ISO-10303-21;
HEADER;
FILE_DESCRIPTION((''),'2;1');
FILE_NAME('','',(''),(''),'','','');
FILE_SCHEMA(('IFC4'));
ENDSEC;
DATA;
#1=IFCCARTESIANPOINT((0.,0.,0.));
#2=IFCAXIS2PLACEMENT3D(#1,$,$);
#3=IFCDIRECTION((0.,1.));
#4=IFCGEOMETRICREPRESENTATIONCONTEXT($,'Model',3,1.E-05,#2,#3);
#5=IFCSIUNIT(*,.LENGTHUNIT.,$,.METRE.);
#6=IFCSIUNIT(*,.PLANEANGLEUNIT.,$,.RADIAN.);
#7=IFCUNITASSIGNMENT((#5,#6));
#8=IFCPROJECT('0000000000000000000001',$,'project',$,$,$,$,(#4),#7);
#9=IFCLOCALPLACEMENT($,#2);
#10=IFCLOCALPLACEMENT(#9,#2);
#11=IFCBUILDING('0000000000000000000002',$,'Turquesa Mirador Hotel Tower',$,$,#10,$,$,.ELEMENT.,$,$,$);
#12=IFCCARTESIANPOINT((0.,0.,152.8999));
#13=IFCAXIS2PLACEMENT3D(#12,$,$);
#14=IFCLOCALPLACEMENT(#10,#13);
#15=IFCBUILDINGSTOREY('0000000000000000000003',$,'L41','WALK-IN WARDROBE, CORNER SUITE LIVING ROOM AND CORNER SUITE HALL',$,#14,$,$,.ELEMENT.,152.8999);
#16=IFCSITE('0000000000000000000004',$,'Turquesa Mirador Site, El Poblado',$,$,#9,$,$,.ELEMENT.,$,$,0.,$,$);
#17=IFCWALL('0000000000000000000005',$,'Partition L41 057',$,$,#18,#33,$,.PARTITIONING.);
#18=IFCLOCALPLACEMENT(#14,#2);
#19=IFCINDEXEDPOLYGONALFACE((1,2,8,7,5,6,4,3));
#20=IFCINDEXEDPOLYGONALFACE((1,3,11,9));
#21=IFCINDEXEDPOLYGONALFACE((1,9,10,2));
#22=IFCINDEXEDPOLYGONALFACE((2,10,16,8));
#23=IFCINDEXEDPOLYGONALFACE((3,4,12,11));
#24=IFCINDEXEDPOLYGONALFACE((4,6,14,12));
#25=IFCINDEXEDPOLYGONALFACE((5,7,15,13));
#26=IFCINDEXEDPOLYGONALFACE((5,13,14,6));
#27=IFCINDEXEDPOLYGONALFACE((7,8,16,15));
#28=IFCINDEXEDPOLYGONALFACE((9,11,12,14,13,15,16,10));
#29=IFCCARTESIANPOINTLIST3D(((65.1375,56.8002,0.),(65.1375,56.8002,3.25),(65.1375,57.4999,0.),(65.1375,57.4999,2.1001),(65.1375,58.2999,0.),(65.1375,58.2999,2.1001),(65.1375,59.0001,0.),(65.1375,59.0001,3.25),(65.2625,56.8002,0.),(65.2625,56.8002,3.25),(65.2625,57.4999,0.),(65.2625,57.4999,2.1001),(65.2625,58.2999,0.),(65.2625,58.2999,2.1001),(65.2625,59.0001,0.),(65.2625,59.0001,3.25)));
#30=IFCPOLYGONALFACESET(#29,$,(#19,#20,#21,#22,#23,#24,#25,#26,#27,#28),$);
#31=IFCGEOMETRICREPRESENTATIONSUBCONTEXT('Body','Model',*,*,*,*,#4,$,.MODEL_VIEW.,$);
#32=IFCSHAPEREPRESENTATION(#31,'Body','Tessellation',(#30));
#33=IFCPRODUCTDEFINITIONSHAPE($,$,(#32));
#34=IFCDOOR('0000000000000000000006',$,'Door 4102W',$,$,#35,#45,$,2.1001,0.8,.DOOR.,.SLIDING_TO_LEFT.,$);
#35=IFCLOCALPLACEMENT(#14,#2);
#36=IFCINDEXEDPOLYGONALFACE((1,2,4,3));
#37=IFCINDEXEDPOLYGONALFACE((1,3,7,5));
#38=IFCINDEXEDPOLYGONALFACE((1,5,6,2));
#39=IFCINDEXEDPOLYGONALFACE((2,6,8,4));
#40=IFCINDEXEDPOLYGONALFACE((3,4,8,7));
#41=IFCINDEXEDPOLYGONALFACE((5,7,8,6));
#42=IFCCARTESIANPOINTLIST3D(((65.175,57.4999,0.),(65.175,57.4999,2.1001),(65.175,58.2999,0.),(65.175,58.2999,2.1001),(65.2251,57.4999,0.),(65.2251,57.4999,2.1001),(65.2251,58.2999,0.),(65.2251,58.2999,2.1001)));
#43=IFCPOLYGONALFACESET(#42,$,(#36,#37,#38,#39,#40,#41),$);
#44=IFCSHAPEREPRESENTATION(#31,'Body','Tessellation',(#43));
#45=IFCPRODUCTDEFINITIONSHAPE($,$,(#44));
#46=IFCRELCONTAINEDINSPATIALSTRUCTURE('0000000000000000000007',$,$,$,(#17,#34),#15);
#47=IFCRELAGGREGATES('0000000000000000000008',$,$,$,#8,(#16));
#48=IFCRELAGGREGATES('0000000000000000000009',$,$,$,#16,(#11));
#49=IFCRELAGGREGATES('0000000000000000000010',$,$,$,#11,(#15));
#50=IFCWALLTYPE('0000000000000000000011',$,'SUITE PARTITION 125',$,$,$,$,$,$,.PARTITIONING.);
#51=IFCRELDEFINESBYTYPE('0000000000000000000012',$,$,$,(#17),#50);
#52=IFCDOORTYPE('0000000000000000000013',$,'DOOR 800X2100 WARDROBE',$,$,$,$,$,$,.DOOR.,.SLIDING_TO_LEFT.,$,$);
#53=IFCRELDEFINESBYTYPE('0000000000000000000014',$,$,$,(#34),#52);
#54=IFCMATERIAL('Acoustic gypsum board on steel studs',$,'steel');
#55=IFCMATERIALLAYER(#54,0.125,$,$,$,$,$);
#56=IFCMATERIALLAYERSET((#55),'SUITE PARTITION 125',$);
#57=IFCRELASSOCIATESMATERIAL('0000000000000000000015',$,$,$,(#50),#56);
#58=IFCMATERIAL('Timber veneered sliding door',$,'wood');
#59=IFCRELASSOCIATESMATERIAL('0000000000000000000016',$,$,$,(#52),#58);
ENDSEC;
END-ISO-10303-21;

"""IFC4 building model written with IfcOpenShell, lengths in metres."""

from ifc_helpers import new_model, si_unit, direction, frame, frame_2d, origin, place, context, subcontext, project, spatial, rectangle, extrude, material, layer, layer_set, type_object, element, fill, save


model = new_model("IFC4")

# Units and contexts
model_context = context("Model", 3, precision=1e-05, world=origin(), true_north=direction((0.0, 1.0)))
body_context = subcontext(model_context, "Body", "Model", "MODEL_VIEW")
ifc_project = project(units=[si_unit("LENGTHUNIT", "METRE"), si_unit("PLANEANGLEUNIT", "RADIAN")], contexts=[model_context])

# Site, building, storey
site_placement = place(None, origin())
site = spatial("IfcSite", under=ifc_project, at=site_placement, Name="Turquesa Mirador Site, El Poblado", CompositionType="ELEMENT", RefElevation=0.0)
building_placement = place(site_placement, origin())
building = spatial("IfcBuilding", under=site, at=building_placement, Name="Turquesa Mirador Hotel Tower", CompositionType="ELEMENT")
storey_placement = place(building_placement, frame((0.0, 0.0, 152.8999)))
storey = spatial("IfcBuildingStorey", under=building, at=storey_placement, Name="L41", Description="WALK-IN WARDROBE, CORNER SUITE LIVING ROOM AND CORNER SUITE HALL", CompositionType="ELEMENT", Elevation=152.8999)

# Shared definitions
ifc_material_1 = material(Name="Acoustic gypsum board on steel studs", Category="steel")
ifc_layer_1 = layer(ifc_material_1, 0.125)
ifc_layer_set_1 = layer_set([ifc_layer_1], Name="SUITE PARTITION 125")
wall_type_1 = type_object("IfcWallType", Name="SUITE PARTITION 125", PredefinedType="PARTITIONING", material=ifc_layer_set_1)

# Wall, opening, door
wall_1_placement = place(storey_placement, frame((65.2, 56.8, 0.0), z_axis=(0.0, 0.0, 1.0), x_axis=(0.0, 1.0, 0.0)))
wall_1 = element("IfcWall", 1, at=wall_1_placement, inside=storey, type_object=wall_type_1, Name="Partition L41 057", PredefinedType="PARTITIONING", context=body_context, shape_type="SweptSolid", body=[
    extrude(rectangle(XDim=2.2, YDim=0.125, at=frame_2d((1.1001, 0.0))), origin(), (0.0, 0.0, 1.0), 3.25),
])
opening_1_placement = place(wall_1_placement, frame((0.7, 0.0, 0.0)))
opening_1 = element("IfcOpeningElement", 2, at=opening_1_placement, cuts=wall_1, PredefinedType="OPENING", context=body_context, shape_type="SweptSolid", body=[
    extrude(rectangle(XDim=0.8, YDim=2.1001, at=frame_2d((0.3999, 1.05))), frame((0.0, 0.0725, 0.0), z_axis=(0.0, -1.0, 0.0), x_axis=(1.0, 0.0, 0.0)), (0.0, 0.0, 1.0), 0.145),
])
ifc_material_2 = material(Name="Timber veneered sliding door", Category="wood")
door_type_1 = type_object("IfcDoorType", Name="DOOR 800X2100 WARDROBE", OperationType="SLIDING_TO_LEFT", PredefinedType="DOOR", material=ifc_material_2)
door_1_placement = place(opening_1_placement, origin())
door_1 = element("IfcDoor", 3, at=door_1_placement, inside=storey, type_object=door_type_1, Name="Door 4102W", OperationType="SLIDING_TO_LEFT", OverallHeight=2.1001, OverallWidth=0.8, PredefinedType="DOOR", context=body_context, shape_type="SweptSolid", body=[
    extrude(rectangle(XDim=0.8, YDim=2.1001, at=frame_2d((0.3999, 1.05))), frame((0.0, 0.0249, 0.0), z_axis=(0.0, -1.0, 0.0), x_axis=(1.0, 0.0, 0.0)), (0.0, 0.0, 1.0), 0.05),
])
fill(opening_1, door_1)

save(model, "model.ifc")
